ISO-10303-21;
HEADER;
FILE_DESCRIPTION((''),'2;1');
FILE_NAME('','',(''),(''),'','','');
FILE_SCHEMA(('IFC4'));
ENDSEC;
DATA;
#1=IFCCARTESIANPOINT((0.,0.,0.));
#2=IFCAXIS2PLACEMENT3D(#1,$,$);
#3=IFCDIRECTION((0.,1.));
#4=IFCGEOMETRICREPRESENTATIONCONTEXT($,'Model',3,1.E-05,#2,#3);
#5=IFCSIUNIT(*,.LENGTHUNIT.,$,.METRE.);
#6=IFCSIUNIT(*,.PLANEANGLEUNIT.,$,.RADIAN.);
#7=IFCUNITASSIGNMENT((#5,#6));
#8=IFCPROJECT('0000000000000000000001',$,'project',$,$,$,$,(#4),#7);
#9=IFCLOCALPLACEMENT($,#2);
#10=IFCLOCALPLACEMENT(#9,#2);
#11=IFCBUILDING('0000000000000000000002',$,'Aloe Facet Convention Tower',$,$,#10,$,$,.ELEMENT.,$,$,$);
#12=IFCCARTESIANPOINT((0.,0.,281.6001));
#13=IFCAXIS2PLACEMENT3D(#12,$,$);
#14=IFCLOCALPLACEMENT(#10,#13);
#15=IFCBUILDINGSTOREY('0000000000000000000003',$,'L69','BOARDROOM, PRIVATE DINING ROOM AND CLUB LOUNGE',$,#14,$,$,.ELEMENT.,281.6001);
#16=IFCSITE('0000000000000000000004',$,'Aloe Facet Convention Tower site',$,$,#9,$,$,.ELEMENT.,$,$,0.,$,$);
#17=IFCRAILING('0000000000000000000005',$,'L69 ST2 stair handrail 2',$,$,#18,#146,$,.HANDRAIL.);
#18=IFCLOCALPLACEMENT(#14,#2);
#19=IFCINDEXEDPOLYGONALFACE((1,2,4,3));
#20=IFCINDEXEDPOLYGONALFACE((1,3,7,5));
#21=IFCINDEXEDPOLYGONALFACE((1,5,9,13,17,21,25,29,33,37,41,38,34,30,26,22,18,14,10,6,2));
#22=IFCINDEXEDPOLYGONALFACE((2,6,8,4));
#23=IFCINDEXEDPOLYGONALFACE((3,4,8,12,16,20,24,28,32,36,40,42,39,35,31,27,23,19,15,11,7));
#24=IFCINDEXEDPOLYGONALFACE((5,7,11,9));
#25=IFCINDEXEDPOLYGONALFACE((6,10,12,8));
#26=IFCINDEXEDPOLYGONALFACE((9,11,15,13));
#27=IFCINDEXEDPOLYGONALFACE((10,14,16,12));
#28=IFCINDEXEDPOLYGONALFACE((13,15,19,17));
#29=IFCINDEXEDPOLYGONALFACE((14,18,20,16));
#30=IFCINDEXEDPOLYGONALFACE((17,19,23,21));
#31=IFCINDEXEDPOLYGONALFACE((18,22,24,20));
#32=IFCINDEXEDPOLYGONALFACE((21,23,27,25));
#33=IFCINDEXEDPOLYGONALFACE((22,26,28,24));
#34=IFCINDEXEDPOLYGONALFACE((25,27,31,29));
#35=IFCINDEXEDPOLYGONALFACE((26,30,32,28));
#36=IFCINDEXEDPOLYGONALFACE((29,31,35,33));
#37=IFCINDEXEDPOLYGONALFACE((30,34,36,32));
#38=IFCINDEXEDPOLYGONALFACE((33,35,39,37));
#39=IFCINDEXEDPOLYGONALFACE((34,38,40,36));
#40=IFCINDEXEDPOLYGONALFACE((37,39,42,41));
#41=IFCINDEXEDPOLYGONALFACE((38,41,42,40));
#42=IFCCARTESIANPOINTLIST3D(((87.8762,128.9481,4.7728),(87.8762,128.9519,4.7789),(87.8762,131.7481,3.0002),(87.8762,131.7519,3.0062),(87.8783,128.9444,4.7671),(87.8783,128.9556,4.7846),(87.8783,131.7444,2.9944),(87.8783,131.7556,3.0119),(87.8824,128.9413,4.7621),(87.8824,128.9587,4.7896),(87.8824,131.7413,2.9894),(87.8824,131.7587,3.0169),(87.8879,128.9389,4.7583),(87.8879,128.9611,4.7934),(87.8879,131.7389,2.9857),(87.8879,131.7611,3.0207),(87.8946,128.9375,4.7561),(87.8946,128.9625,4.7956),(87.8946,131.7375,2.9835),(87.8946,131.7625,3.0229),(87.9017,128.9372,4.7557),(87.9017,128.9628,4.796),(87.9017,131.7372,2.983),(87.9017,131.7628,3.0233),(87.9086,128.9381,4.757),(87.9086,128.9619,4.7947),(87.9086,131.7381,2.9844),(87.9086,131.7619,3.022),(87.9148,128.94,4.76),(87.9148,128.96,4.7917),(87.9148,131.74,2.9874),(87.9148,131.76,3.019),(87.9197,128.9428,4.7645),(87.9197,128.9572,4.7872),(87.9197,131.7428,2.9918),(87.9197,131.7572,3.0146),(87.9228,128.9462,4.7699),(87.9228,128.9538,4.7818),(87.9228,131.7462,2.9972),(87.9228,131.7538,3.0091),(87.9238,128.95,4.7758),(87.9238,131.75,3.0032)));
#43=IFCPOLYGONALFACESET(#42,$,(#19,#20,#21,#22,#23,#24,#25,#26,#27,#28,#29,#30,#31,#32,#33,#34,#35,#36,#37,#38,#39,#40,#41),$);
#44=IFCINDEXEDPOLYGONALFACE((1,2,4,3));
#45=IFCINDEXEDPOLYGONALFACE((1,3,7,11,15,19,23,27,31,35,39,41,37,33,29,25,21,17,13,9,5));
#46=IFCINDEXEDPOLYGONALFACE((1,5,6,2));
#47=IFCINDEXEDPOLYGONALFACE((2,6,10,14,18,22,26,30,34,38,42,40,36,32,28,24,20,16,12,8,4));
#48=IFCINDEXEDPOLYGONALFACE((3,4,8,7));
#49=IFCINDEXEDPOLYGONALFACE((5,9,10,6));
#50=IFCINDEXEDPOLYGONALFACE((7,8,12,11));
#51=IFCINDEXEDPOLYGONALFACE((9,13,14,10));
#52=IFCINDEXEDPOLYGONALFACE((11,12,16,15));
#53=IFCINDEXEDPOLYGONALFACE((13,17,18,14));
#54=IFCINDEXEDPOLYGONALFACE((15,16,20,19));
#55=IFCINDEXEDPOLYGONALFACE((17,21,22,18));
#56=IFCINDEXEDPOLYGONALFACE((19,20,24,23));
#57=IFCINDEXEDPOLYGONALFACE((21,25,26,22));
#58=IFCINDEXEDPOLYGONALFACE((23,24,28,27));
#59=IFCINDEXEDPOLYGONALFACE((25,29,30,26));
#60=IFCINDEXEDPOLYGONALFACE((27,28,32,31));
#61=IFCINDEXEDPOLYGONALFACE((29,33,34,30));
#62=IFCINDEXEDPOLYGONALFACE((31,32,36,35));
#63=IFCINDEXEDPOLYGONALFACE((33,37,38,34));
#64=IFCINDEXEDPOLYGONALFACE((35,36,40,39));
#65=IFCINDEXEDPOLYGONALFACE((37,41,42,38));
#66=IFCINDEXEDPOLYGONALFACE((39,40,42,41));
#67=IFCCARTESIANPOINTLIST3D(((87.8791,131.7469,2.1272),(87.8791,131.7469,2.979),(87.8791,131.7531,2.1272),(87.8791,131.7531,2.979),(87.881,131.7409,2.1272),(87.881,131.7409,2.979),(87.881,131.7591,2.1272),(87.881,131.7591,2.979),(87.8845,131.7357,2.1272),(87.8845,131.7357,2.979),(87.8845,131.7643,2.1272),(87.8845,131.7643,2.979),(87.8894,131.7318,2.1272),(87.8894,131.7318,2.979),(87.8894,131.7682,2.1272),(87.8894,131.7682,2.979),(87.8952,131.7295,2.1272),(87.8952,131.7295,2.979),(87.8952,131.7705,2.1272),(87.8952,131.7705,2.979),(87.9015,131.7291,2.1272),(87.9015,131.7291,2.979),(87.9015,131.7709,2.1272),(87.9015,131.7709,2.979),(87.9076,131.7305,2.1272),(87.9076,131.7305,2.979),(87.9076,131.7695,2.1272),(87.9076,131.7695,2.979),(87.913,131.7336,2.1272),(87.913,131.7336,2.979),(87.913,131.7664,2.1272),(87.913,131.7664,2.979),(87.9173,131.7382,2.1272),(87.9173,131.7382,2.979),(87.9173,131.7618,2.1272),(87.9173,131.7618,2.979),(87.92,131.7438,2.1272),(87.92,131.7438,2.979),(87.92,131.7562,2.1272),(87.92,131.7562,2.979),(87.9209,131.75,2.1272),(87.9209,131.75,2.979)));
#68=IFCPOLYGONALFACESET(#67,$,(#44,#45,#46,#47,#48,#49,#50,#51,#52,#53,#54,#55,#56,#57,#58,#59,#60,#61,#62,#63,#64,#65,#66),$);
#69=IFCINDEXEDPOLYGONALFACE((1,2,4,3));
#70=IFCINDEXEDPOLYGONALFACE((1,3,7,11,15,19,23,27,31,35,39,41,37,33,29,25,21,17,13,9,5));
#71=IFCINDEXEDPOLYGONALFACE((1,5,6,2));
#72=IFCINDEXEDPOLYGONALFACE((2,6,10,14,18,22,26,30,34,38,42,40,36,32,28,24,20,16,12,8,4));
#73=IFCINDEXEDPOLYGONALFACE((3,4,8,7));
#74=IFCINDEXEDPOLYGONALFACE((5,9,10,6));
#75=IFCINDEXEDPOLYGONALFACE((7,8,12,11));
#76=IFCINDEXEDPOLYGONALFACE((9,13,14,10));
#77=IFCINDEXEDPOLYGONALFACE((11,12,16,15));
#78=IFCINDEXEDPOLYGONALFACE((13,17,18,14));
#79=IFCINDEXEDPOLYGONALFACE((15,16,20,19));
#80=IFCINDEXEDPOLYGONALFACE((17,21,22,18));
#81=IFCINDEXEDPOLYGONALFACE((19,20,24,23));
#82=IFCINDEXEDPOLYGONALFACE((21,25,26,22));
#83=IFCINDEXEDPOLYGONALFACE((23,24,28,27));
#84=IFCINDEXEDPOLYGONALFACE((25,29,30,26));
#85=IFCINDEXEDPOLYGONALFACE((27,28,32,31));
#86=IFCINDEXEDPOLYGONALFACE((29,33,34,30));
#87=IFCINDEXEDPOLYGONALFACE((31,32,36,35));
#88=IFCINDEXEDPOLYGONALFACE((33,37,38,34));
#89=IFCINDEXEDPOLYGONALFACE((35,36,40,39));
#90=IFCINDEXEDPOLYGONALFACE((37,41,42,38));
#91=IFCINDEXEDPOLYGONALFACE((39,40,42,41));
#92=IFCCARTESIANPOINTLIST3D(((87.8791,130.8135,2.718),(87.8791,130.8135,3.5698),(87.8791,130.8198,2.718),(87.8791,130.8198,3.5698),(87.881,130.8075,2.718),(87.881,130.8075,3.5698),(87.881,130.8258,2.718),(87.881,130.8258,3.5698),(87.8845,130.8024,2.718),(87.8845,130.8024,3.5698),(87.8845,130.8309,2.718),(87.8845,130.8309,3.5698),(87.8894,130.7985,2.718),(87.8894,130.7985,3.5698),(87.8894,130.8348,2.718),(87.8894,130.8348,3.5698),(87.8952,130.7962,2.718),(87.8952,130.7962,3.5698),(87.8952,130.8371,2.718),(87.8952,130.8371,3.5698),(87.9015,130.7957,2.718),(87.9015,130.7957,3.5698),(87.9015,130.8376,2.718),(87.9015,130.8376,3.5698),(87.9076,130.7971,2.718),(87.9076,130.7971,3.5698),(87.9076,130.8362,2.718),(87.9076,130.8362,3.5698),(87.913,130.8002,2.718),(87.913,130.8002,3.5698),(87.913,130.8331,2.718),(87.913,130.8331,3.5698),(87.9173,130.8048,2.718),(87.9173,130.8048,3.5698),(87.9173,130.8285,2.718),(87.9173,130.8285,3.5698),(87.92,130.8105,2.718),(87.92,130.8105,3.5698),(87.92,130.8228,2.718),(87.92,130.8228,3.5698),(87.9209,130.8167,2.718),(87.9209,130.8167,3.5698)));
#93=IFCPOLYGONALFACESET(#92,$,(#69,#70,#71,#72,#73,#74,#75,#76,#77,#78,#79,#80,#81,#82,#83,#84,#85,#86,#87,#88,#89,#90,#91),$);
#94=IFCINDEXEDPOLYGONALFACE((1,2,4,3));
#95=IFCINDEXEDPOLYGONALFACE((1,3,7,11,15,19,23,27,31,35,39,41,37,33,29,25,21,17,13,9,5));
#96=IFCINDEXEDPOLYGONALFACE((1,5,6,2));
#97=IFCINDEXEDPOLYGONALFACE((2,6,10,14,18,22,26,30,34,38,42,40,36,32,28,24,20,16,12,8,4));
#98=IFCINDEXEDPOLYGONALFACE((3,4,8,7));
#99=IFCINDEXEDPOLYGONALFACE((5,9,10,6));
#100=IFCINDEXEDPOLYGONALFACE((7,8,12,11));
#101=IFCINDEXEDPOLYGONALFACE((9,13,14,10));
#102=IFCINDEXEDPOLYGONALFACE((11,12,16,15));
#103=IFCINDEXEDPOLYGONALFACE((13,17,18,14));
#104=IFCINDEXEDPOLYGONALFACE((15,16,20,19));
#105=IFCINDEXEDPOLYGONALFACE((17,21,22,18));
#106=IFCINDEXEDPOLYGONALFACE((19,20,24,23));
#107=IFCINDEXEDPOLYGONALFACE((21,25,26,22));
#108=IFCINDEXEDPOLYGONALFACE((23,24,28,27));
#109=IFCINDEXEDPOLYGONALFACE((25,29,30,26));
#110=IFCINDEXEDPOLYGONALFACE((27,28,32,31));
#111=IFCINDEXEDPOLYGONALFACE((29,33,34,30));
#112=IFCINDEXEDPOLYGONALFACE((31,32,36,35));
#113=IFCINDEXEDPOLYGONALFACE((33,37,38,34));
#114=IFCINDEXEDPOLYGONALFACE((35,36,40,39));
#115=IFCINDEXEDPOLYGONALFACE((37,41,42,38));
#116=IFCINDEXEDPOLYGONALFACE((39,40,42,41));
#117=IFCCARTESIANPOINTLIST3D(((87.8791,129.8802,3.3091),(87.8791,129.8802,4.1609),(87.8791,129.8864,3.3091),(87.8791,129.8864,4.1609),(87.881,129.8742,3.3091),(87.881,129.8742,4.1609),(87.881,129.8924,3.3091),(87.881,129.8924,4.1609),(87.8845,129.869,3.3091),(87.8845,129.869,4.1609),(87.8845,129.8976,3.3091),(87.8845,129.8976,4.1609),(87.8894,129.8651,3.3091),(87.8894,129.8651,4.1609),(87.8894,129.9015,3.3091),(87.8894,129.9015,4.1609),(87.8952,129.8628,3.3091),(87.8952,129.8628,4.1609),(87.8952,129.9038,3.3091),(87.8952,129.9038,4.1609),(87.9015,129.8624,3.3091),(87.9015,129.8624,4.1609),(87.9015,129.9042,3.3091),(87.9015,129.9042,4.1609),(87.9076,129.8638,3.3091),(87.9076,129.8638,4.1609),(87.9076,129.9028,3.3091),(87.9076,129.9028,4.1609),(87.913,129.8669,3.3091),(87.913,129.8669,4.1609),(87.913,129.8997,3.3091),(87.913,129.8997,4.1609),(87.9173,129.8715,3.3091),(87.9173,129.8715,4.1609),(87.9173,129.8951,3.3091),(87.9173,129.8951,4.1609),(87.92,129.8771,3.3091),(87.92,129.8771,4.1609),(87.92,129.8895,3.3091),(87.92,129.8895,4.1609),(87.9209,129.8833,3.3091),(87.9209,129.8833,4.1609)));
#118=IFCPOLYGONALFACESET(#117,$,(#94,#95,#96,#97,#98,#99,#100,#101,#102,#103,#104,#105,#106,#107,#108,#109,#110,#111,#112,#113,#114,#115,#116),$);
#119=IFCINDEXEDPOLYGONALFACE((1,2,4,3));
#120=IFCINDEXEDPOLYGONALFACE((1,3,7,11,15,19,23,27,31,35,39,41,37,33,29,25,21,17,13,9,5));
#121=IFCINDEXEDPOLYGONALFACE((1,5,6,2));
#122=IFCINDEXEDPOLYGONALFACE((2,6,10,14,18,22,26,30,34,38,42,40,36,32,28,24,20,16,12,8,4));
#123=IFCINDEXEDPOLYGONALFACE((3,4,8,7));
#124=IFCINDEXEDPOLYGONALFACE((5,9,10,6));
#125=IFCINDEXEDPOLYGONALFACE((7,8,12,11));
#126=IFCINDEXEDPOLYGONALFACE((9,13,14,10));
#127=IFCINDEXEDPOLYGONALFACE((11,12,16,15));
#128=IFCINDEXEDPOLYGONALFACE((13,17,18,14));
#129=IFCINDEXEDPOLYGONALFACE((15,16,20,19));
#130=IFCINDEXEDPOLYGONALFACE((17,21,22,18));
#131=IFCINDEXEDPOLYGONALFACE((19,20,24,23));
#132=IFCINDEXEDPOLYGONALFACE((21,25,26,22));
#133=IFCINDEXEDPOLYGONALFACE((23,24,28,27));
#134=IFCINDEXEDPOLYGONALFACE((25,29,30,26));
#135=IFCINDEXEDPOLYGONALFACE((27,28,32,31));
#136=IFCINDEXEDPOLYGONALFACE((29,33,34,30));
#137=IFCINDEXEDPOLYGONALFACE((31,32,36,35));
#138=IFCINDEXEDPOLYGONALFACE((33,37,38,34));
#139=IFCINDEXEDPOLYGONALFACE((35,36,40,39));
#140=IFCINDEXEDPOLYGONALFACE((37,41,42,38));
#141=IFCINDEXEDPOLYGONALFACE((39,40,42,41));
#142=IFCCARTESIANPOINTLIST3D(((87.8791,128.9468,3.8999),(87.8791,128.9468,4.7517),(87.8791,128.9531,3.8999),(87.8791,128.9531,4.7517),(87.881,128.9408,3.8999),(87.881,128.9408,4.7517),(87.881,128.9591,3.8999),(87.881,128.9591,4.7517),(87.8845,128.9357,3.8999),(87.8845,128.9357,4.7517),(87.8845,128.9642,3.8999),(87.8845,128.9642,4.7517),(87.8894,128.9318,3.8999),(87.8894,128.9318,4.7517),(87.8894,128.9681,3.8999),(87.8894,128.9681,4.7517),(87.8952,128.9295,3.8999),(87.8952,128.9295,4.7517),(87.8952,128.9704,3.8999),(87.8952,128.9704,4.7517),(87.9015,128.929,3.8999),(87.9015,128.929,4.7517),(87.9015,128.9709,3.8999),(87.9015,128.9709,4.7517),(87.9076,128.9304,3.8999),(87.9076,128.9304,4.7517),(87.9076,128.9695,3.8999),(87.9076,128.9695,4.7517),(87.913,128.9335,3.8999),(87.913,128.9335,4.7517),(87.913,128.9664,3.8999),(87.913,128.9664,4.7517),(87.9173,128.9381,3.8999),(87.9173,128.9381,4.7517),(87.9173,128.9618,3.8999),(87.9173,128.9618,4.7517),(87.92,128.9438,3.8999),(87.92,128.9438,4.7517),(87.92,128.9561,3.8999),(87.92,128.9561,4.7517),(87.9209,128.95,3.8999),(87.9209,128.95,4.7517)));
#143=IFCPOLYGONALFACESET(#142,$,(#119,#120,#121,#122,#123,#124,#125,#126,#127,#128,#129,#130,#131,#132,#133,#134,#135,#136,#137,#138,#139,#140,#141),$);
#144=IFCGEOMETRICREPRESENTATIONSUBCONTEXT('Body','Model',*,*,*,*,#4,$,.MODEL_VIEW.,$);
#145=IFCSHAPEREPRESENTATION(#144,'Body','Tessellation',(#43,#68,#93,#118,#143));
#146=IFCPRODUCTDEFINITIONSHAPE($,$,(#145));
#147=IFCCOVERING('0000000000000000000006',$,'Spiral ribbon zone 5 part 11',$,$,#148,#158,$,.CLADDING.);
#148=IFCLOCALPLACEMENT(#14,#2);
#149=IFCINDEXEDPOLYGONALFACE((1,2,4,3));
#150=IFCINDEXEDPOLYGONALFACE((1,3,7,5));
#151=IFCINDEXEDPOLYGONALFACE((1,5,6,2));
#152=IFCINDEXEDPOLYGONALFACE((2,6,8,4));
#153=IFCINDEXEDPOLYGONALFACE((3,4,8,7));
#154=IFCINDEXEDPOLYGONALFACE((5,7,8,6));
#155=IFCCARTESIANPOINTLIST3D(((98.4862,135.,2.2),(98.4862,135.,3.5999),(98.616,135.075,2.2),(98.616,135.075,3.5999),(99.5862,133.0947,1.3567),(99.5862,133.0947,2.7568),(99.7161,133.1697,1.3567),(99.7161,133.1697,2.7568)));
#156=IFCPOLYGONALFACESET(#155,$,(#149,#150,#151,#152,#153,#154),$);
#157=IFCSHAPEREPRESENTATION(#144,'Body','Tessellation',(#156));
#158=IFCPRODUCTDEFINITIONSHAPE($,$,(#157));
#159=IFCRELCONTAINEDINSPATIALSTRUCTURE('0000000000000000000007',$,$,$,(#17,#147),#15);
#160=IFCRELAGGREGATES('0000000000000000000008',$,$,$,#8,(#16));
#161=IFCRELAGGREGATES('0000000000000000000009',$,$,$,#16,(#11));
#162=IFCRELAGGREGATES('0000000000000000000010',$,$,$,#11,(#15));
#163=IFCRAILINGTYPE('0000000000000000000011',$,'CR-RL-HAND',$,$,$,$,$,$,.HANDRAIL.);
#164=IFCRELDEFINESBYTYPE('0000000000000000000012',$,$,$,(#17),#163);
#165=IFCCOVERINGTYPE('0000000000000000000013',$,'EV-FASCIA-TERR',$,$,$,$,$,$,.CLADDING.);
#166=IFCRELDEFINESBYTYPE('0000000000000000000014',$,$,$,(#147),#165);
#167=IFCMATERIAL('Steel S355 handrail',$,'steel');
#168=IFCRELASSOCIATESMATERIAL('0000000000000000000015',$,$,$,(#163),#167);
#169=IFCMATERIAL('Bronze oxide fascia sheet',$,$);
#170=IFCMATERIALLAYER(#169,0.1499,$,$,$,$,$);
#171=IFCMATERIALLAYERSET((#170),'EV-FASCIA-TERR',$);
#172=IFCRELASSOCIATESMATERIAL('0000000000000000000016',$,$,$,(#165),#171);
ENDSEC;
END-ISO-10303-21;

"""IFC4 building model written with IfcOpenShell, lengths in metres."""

from ifc_helpers import new_model, si_unit, direction, frame, origin, origin_2d, place, context, subcontext, project, spatial, polyline, circle, outline, extrude, material, layer, layer_set, type_object, element, save


model = new_model("IFC4")

# Units and contexts
model_context = context("Model", 3, precision=1e-05, world=origin(), true_north=direction((0.0, 1.0)))
body_context = subcontext(model_context, "Body", "Model", "MODEL_VIEW")
ifc_project = project(units=[si_unit("LENGTHUNIT", "METRE"), si_unit("PLANEANGLEUNIT", "RADIAN")], contexts=[model_context])

# Site, building, storey
site_placement = place(None, origin())
site = spatial("IfcSite", under=ifc_project, at=site_placement, Name="Aloe Facet Convention Tower site", CompositionType="ELEMENT", RefElevation=0.0)
building_placement = place(site_placement, origin())
building = spatial("IfcBuilding", under=site, at=building_placement, Name="Aloe Facet Convention Tower", CompositionType="ELEMENT")
storey_placement = place(building_placement, frame((0.0, 0.0, 281.6001)))
storey = spatial("IfcBuildingStorey", under=building, at=storey_placement, Name="L69", Description="BOARDROOM, PRIVATE DINING ROOM AND CLUB LOUNGE", CompositionType="ELEMENT", Elevation=281.6001)

# Railing
ifc_material_1 = material(Name="Steel S355 handrail", Category="steel")
railing_type_1 = type_object("IfcRailingType", Name="CR-RL-HAND", PredefinedType="HANDRAIL", material=ifc_material_1)
railing_1_placement = place(storey_placement, frame((87.8999, 131.75, 2.1272)))
element("IfcRailing", 1, at=railing_1_placement, inside=storey, type_object=railing_type_1, Name="L69 ST2 stair handrail 2", PredefinedType="HANDRAIL", context=body_context, shape_type="SweptSolid", body=[
    extrude(circle(Radius=0.0239, at=origin_2d()), frame((0.0, 0.0, 0.876), z_axis=(0.0, -0.844909, 0.53491), x_axis=(1.0, 0.0, 0.0)), (0.0, 0.0, 1.0), 3.314),
    extrude(circle(Radius=0.021, at=origin_2d()), origin(), (0.0, 0.0, 1.0), 0.8518),
    extrude(circle(Radius=0.021, at=origin_2d()), frame((0.0, -0.9333, 0.5908)), (0.0, 0.0, 1.0), 0.8518),
    extrude(circle(Radius=0.021, at=origin_2d()), frame((0.0, -1.8667, 1.1819)), (0.0, 0.0, 1.0), 0.8518),
    extrude(circle(Radius=0.021, at=origin_2d()), frame((0.0, -2.8, 1.7727)), (0.0, 0.0, 1.0), 0.8518),
])

# Covering
ifc_material_2 = material(Name="Bronze oxide fascia sheet")
ifc_layer_1 = layer(ifc_material_2, 0.1499)
ifc_layer_set_1 = layer_set([ifc_layer_1], Name="EV-FASCIA-TERR")
covering_type = type_object("IfcCoveringType", Name="EV-FASCIA-TERR", PredefinedType="CLADDING", material=ifc_layer_set_1)
covering_placement = place(storey_placement, frame((99.7161, 133.1697, 1.3567), z_axis=(0.866008, 0.50003, 0.0), x_axis=(-0.466908, 0.808644, 0.3579)))
element("IfcCovering", 2, at=covering_placement, inside=storey, type_object=covering_type, Name="Spiral ribbon zone 5 part 11", PredefinedType="CLADDING", context=body_context, shape_type="SweptSolid", body=[
    extrude(outline(polyline([(0.0, 0.0), (2.3561, 0.0), (2.8572, 1.3072), (0.5011, 1.3074), (0.0, 0.0)])), origin(), (0.0, 0.0, -1.0), 0.1499),
])

save(model, "model.ifc")
